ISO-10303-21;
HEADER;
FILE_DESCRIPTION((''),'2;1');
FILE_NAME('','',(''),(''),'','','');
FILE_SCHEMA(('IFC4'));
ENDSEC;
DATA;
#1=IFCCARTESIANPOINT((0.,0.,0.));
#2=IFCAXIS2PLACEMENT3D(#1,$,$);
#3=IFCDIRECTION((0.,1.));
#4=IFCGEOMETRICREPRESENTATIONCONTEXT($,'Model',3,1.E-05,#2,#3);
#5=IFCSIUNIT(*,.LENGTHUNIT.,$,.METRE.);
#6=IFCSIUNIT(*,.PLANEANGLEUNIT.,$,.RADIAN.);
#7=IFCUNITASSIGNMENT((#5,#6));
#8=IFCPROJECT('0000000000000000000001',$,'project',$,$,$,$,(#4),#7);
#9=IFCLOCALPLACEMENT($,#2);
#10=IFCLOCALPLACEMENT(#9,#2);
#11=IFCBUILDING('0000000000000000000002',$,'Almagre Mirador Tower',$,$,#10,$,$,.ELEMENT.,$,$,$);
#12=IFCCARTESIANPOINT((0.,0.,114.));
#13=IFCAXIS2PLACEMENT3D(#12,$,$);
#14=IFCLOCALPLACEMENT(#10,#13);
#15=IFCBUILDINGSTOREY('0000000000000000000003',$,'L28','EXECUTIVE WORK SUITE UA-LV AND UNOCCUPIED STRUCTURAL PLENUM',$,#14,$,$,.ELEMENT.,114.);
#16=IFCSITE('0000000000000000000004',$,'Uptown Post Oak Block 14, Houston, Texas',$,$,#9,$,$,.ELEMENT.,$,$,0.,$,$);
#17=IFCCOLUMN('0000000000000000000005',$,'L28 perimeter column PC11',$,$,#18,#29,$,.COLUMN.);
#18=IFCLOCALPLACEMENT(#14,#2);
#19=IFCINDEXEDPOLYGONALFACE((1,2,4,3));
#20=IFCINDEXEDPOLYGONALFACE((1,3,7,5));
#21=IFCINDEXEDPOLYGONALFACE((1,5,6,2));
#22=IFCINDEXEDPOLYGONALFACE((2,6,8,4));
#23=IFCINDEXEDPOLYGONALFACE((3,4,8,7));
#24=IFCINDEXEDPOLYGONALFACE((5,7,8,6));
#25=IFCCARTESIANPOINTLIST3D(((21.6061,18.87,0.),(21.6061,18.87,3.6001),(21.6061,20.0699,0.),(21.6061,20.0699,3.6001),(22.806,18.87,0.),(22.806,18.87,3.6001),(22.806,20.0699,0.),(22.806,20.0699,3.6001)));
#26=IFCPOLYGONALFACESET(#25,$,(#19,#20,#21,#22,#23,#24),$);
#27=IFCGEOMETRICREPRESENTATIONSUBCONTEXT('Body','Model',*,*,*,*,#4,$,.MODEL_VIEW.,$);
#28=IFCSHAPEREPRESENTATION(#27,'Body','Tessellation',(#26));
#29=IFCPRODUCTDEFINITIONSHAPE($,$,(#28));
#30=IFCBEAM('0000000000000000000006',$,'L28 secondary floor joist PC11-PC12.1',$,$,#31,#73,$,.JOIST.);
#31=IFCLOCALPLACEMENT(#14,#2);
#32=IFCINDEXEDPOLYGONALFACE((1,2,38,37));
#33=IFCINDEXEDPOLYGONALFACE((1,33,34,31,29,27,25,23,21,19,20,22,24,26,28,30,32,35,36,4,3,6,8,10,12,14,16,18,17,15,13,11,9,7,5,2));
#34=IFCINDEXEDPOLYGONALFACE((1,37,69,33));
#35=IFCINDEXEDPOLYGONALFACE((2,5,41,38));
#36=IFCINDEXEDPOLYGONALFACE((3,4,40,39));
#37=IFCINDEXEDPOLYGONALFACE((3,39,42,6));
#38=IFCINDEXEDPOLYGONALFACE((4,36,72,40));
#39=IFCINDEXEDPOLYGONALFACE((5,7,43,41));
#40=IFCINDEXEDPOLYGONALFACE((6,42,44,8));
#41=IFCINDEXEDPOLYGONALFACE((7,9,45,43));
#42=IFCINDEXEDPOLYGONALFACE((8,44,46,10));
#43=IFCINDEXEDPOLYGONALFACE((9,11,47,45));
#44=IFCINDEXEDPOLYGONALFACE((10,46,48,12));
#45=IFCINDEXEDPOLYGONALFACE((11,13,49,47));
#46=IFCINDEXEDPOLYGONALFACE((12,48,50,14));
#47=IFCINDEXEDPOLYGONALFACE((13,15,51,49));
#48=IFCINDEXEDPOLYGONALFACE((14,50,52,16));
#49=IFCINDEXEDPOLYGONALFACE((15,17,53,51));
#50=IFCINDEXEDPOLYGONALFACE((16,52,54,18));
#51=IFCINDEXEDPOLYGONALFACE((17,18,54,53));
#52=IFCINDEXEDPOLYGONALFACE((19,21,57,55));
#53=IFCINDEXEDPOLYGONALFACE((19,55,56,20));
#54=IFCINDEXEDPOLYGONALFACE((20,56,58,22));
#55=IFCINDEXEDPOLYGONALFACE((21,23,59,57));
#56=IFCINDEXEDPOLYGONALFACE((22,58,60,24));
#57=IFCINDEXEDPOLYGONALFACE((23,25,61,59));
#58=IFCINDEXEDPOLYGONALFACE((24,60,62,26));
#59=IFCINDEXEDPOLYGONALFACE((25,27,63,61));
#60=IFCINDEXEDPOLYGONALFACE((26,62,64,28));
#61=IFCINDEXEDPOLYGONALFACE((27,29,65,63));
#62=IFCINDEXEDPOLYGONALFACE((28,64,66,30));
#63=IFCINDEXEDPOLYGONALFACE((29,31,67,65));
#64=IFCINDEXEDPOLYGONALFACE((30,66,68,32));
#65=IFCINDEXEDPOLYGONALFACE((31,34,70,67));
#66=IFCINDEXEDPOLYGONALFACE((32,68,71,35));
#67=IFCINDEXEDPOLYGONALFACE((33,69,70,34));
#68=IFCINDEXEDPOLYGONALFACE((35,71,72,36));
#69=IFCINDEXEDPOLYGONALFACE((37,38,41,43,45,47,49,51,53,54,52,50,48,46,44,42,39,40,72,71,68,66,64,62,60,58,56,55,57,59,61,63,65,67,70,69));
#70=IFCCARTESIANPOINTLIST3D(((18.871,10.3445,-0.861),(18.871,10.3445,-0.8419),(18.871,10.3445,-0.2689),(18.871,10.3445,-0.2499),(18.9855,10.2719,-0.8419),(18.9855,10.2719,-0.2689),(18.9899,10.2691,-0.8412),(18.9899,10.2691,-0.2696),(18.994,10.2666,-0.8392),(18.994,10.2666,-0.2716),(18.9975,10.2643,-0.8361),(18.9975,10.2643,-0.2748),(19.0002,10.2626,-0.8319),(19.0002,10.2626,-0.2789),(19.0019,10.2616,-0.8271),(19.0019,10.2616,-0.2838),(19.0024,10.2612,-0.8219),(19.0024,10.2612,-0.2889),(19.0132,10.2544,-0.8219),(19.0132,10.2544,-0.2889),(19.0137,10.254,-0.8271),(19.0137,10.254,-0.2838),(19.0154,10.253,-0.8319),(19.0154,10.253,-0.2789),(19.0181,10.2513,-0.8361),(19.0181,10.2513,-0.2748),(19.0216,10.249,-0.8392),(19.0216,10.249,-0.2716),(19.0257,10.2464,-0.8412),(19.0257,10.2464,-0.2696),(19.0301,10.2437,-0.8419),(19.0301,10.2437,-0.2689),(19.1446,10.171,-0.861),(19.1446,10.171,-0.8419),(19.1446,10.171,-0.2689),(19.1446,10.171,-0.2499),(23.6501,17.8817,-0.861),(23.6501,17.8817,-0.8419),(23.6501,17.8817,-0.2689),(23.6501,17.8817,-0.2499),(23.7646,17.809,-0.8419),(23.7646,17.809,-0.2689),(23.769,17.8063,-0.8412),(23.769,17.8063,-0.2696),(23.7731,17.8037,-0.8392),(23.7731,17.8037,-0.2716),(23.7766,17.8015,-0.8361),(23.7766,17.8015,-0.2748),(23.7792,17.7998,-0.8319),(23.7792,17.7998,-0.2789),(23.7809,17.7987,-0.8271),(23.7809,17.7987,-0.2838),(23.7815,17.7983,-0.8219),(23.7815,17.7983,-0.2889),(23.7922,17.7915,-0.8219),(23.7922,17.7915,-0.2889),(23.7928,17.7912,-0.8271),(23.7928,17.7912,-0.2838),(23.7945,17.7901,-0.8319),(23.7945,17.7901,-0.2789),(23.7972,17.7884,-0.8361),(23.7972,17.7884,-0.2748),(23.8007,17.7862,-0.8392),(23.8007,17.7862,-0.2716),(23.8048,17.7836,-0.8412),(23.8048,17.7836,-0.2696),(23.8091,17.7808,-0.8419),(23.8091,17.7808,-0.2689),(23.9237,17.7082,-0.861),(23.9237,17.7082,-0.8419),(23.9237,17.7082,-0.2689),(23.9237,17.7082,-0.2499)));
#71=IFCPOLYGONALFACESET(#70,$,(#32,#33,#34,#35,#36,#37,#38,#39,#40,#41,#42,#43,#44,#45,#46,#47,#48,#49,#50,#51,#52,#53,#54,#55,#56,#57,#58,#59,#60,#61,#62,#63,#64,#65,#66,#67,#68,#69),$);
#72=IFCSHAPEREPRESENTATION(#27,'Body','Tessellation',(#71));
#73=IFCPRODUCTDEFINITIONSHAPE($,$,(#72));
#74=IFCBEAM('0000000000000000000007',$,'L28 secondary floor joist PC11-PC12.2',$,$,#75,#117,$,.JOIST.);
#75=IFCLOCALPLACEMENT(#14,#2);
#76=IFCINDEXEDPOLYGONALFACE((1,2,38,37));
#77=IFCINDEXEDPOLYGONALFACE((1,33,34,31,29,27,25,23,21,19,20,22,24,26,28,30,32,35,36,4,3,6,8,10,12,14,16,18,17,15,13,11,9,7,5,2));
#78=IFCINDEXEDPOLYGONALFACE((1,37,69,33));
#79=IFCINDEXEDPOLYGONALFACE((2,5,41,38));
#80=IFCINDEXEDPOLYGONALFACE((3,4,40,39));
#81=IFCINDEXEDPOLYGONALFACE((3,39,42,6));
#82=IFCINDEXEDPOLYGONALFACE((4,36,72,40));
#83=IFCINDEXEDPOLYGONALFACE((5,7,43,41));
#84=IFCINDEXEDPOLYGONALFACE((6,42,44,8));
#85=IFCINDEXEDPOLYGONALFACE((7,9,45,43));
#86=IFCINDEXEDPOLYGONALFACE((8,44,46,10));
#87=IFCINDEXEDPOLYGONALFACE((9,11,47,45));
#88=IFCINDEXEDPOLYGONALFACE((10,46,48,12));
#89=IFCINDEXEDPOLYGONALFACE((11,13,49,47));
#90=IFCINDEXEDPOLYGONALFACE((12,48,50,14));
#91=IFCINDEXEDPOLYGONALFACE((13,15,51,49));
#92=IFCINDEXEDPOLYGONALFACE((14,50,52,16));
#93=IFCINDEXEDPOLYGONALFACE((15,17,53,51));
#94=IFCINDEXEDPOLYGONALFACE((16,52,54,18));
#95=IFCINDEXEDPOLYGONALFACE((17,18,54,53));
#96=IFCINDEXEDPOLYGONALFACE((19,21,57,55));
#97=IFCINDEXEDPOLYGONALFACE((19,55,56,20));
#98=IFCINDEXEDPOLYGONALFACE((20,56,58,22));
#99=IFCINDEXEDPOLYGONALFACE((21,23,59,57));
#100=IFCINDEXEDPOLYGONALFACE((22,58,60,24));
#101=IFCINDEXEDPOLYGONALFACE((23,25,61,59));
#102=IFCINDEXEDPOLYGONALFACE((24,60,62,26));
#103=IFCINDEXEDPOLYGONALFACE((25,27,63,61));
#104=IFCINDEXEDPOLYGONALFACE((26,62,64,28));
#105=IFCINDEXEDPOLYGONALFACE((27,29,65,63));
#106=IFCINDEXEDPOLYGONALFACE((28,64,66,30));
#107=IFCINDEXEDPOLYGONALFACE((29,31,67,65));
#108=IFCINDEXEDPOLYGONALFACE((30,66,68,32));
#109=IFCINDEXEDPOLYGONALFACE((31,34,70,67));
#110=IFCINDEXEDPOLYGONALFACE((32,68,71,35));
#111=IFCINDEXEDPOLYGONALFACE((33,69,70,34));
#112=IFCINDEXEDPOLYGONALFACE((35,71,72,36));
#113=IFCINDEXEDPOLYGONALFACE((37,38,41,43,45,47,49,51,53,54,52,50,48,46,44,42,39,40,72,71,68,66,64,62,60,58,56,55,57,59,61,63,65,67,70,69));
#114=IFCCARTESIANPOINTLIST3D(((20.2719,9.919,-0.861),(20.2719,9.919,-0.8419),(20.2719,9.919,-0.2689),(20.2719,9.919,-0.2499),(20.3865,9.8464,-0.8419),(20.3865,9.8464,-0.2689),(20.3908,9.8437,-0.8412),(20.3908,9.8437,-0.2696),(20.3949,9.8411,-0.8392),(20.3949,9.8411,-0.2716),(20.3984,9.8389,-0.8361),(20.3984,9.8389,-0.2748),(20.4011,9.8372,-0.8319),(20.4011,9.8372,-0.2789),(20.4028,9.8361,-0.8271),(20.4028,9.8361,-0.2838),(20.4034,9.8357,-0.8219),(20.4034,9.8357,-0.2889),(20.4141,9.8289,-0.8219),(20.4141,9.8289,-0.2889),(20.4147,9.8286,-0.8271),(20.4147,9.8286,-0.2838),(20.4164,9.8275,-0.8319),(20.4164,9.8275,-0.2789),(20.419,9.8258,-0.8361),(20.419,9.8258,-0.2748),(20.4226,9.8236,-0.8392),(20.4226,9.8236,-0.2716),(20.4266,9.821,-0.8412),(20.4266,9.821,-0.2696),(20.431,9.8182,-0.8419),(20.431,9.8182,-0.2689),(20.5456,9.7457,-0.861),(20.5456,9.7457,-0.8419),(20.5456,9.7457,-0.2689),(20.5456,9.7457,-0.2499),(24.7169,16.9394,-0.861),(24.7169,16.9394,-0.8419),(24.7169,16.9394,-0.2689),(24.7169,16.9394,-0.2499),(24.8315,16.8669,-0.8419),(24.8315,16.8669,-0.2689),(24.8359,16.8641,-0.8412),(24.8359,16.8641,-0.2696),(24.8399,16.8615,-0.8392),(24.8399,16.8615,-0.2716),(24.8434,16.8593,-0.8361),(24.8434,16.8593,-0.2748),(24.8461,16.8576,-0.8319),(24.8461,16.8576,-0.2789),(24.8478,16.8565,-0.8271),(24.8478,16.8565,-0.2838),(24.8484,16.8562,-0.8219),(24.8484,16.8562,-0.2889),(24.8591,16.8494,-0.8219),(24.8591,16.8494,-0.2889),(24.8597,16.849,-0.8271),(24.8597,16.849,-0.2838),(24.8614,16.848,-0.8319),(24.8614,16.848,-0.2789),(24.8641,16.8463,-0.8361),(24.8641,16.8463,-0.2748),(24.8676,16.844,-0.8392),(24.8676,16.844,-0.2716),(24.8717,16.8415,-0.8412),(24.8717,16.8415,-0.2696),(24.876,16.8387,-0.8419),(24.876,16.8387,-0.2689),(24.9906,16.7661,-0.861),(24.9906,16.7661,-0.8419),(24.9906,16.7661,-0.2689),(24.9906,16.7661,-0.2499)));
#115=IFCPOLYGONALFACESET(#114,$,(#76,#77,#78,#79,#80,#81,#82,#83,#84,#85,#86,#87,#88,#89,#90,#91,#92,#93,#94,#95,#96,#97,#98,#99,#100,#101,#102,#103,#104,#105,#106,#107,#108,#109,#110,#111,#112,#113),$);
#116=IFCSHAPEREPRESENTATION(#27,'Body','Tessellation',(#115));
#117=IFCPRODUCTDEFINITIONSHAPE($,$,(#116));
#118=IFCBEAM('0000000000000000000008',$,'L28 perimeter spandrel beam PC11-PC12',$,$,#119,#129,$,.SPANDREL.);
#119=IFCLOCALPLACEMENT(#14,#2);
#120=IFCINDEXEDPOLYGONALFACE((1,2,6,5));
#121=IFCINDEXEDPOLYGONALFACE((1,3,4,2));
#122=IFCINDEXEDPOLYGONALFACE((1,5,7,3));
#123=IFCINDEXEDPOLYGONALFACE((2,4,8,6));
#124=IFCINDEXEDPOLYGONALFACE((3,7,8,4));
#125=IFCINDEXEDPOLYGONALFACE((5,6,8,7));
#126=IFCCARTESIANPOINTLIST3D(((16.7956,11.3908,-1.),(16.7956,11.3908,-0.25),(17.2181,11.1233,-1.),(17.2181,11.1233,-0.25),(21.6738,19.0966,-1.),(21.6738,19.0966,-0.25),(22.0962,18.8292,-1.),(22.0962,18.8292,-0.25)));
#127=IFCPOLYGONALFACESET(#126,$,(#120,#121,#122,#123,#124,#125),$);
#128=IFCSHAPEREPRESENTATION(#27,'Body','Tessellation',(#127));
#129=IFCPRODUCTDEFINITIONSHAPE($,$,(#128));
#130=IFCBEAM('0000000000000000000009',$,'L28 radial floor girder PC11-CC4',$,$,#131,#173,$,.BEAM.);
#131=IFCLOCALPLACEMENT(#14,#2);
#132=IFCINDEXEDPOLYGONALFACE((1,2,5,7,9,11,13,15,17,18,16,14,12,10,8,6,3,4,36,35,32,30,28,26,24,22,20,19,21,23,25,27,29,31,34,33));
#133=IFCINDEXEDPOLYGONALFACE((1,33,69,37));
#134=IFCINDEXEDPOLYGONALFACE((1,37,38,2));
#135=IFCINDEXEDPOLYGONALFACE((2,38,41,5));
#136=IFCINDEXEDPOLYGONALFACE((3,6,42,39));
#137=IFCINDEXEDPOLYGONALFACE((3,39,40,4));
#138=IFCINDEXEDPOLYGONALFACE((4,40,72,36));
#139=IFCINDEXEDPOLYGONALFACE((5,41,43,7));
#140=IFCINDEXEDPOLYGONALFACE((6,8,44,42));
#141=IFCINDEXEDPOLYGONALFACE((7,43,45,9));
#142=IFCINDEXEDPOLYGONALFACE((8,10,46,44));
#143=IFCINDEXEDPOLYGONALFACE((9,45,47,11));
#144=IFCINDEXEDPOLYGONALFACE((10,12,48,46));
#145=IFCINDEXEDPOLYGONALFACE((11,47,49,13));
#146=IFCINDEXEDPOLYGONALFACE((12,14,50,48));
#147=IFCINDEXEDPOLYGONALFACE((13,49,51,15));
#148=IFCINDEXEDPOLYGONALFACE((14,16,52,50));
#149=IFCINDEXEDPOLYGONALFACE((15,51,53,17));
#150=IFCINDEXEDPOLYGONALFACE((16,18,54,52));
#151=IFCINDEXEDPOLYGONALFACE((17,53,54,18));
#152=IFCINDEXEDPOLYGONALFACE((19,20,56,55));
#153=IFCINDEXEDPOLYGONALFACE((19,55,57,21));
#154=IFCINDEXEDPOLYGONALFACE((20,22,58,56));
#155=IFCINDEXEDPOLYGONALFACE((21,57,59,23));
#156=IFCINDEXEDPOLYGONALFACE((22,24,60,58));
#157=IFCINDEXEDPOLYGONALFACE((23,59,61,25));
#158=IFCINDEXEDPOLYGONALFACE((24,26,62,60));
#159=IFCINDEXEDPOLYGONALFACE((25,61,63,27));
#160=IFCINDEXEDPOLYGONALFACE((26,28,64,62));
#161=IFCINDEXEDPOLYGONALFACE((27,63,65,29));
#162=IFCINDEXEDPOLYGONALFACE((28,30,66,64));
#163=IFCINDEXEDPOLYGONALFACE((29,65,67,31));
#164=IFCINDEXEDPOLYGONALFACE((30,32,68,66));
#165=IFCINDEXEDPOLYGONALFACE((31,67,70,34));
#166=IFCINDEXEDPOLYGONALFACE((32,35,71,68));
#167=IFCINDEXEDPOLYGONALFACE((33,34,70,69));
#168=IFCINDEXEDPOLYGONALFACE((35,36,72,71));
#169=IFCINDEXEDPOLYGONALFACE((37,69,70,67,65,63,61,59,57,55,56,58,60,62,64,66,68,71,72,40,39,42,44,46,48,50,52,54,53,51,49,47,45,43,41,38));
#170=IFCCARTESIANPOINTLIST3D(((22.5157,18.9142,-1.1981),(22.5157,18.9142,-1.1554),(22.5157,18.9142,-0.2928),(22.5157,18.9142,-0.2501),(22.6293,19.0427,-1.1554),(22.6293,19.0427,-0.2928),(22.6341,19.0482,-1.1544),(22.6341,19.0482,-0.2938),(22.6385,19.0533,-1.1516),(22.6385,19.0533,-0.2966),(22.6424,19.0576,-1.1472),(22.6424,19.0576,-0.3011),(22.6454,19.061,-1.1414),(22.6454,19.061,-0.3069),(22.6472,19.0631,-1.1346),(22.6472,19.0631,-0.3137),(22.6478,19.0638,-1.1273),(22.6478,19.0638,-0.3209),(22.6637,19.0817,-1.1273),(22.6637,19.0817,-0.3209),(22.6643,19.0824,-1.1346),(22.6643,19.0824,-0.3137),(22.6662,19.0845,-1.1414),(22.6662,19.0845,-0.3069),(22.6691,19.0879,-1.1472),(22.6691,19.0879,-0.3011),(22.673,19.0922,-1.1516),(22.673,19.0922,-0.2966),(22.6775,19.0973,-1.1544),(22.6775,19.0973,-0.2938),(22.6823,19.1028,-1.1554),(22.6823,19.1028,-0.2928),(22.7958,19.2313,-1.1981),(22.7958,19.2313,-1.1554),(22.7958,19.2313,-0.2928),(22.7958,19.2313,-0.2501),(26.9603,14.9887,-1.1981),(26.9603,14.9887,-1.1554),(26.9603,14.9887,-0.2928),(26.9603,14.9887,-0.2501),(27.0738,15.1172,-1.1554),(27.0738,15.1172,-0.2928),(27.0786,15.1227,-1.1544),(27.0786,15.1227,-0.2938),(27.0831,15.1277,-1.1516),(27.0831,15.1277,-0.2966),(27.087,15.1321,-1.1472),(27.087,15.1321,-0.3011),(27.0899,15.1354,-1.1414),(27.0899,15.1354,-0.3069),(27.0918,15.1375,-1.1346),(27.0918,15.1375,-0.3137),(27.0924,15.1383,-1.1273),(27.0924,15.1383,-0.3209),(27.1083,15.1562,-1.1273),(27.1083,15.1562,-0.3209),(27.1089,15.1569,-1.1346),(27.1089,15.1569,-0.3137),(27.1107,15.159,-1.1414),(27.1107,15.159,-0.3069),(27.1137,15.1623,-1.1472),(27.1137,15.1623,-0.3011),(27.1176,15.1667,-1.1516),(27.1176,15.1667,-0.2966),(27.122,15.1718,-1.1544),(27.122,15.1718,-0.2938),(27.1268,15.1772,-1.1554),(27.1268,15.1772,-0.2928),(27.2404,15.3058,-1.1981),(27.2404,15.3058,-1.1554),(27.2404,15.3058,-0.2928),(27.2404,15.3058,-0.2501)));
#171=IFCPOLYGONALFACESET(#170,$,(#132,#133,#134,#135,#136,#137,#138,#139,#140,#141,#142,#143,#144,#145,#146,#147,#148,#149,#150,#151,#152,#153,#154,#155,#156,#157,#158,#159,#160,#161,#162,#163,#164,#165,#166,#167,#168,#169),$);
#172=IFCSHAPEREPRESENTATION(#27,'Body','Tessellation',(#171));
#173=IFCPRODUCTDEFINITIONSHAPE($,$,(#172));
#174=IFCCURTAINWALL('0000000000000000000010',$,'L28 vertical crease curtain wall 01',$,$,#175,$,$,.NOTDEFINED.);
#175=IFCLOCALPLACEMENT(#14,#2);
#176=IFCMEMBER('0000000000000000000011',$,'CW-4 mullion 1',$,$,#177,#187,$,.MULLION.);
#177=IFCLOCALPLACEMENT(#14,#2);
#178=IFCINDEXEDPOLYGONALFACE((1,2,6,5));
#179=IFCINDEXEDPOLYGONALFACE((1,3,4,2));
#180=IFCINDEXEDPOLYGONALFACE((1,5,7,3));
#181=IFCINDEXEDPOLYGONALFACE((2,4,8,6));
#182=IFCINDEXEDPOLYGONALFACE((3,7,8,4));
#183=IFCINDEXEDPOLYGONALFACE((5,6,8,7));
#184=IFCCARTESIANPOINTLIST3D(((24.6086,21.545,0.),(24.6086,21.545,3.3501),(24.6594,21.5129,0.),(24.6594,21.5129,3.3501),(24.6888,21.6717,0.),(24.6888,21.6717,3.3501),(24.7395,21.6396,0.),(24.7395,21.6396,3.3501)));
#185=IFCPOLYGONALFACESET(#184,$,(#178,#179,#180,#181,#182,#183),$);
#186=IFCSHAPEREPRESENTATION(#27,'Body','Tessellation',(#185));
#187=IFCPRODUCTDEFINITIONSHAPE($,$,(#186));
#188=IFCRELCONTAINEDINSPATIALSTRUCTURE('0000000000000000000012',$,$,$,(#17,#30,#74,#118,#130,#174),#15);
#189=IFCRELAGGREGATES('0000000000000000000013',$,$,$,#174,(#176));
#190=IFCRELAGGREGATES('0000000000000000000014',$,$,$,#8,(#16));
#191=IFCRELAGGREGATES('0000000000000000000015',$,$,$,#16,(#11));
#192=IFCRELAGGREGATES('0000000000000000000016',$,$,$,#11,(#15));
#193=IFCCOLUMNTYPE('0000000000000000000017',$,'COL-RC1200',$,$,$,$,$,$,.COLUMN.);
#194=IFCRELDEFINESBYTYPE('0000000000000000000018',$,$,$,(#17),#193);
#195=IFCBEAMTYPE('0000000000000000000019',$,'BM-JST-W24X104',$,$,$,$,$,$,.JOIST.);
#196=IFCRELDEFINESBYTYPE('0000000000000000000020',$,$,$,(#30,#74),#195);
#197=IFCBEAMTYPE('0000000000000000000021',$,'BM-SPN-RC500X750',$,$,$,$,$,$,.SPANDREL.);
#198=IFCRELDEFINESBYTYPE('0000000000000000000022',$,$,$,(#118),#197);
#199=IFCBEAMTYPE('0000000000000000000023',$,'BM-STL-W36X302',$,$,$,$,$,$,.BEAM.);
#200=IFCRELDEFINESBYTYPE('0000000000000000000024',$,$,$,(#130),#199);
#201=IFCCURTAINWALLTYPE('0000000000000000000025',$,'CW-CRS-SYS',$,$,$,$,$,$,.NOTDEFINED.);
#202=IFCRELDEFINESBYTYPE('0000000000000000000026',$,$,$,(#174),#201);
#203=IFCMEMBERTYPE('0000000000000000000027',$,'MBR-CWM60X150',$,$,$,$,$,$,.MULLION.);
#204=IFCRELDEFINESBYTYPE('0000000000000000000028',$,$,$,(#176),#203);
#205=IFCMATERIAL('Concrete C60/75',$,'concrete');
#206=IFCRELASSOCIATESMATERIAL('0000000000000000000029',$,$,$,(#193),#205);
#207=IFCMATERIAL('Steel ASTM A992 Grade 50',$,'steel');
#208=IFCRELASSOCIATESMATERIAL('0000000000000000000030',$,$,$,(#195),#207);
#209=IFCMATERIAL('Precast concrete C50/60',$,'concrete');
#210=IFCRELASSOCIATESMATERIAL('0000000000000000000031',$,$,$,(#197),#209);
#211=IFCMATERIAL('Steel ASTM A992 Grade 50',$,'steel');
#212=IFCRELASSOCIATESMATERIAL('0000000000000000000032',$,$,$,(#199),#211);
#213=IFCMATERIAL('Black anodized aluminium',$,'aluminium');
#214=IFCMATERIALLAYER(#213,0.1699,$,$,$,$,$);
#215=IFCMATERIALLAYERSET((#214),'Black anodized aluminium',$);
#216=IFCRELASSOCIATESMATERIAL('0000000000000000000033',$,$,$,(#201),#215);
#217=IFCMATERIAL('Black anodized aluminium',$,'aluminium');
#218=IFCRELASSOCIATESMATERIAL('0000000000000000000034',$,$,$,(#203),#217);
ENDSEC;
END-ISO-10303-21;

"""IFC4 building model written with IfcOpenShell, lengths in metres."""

from ifc_helpers import new_model, si_unit, direction, frame, origin, origin_2d, place, context, subcontext, project, spatial, rectangle, i_section, extrude, material, layer, layer_set, material_profile, profile_set, type_object, element, aggregate, save


model = new_model("IFC4")

# Units and contexts
model_context = context("Model", 3, precision=1e-05, world=origin(), true_north=direction((0.0, 1.0)))
body_context = subcontext(model_context, "Body", "Model", "MODEL_VIEW")
ifc_project = project(units=[si_unit("LENGTHUNIT", "METRE"), si_unit("PLANEANGLEUNIT", "RADIAN")], contexts=[model_context])

# Site, building, storey
site_placement = place(None, origin())
site = spatial("IfcSite", under=ifc_project, at=site_placement, Name="Uptown Post Oak Block 14, Houston, Texas", CompositionType="ELEMENT", RefElevation=0.0)
building_placement = place(site_placement, origin())
building = spatial("IfcBuilding", under=site, at=building_placement, Name="Almagre Mirador Tower", CompositionType="ELEMENT")
storey_placement = place(building_placement, frame((0.0, 0.0, 114.0)))
storey = spatial("IfcBuildingStorey", under=building, at=storey_placement, Name="L28", Description="EXECUTIVE WORK SUITE UA-LV AND UNOCCUPIED STRUCTURAL PLENUM", CompositionType="ELEMENT", Elevation=114.0)

# Column
ifc_material_1 = material(Name="Concrete C60/75", Category="concrete")
ifc_material_profile_1 = material_profile(ifc_material_1, rectangle(XDim=1.2, YDim=1.2, at=origin_2d()), Name="RC1200X1200")
ifc_profile_set_1 = profile_set([ifc_material_profile_1], Name="Concrete C60/75")
column_type = type_object("IfcColumnType", Name="COL-RC1200", PredefinedType="COLUMN", material=ifc_profile_set_1)
column_placement = place(storey_placement, frame((22.2061, 19.47, 0.0), z_axis=(0.0, 0.0, 1.0), x_axis=(1.0, 0.0, 0.0)))
element("IfcColumn", 1, at=column_placement, inside=storey, type_object=column_type, Name="L28 perimeter column PC11", PredefinedType="COLUMN", context=body_context, shape_type="SweptSolid", body=[
    extrude(rectangle(XDim=1.2, YDim=1.2, at=origin_2d()), origin(), (0.0, 0.0, 1.0), 3.6001),
])

# Beams
ifc_material_2 = material(Name="Steel ASTM A992 Grade 50", Category="steel")
ifc_material_profile_2 = material_profile(ifc_material_2, i_section(OverallWidth=0.324, OverallDepth=0.6111, WebThickness=0.0127, FlangeThickness=0.019, FilletRadius=0.02, at=origin_2d()), Name="W24X104")
ifc_profile_set_2 = profile_set([ifc_material_profile_2], Name="Steel ASTM A992 Grade 50")
beam_type_1 = type_object("IfcBeamType", Name="BM-JST-W24X104", PredefinedType="JOIST", material=ifc_profile_set_2)
beam_1_placement = place(storey_placement, frame((23.7869, 17.7949, -0.5554), z_axis=(-0.535496, -0.844538, 0.0), x_axis=(0.844538, -0.535496, 0.0)))
element("IfcBeam", 2, at=beam_1_placement, inside=storey, type_object=beam_type_1, Name="L28 secondary floor joist PC11-PC12.1", PredefinedType="JOIST", context=body_context, shape_type="SweptSolid", body=[
    extrude(i_section(OverallWidth=0.324, OverallDepth=0.6111, WebThickness=0.0127, FlangeThickness=0.019, FilletRadius=0.02, at=origin_2d()), origin(), (0.0, 0.0, 1.0), 8.9246),
])
beam_2_placement = place(storey_placement, frame((24.8538, 16.8528, -0.5554), z_axis=(-0.534944, -0.844887, 0.0), x_axis=(0.844887, -0.534944, 0.0)))
element("IfcBeam", 3, at=beam_2_placement, inside=storey, type_object=beam_type_1, Name="L28 secondary floor joist PC11-PC12.2", PredefinedType="JOIST", context=body_context, shape_type="SweptSolid", body=[
    extrude(i_section(OverallWidth=0.324, OverallDepth=0.6111, WebThickness=0.0127, FlangeThickness=0.019, FilletRadius=0.02, at=origin_2d()), origin(), (0.0, 0.0, 1.0), 8.3093),
])
ifc_material_3 = material(Name="Precast concrete C50/60", Category="concrete")
ifc_material_profile_3 = material_profile(ifc_material_3, rectangle(XDim=0.5, YDim=0.75, at=origin_2d()), Name="RC500X750")
ifc_profile_set_3 = profile_set([ifc_material_profile_3], Name="Precast concrete C50/60")
beam_type_2 = type_object("IfcBeamType", Name="BM-SPN-RC500X750", PredefinedType="SPANDREL", material=ifc_profile_set_3)
beam_3_placement = place(storey_placement, frame((21.885, 18.9629, -0.625), z_axis=(-0.534882, -0.844927, 0.0), x_axis=(0.844927, -0.534882, 0.0)))
element("IfcBeam", 4, at=beam_3_placement, inside=storey, type_object=beam_type_2, Name="L28 perimeter spandrel beam PC11-PC12", PredefinedType="SPANDREL", context=body_context, shape_type="SweptSolid", body=[
    extrude(rectangle(XDim=0.5, YDim=0.75, at=origin_2d()), origin(), (0.0, 0.0, 1.0), 9.1201),
])
ifc_material_4 = material(Name="Steel ASTM A992 Grade 50", Category="steel")
ifc_material_profile_4 = material_profile(ifc_material_4, i_section(OverallWidth=0.4231, OverallDepth=0.948, WebThickness=0.0239, FlangeThickness=0.0427, FilletRadius=0.0281, at=origin_2d()), Name="W36X302")
ifc_profile_set_4 = profile_set([ifc_material_profile_4], Name="Steel ASTM A992 Grade 50")
beam_type_3 = type_object("IfcBeamType", Name="BM-STL-W36X302", PredefinedType="BEAM", material=ifc_profile_set_4)
beam_4_placement = place(storey_placement, frame((22.6558, 19.0728, -0.7241), z_axis=(0.749516, -0.661986, 0.0), x_axis=(0.661986, 0.749516, 0.0)))
element("IfcBeam", 5, at=beam_4_placement, inside=storey, type_object=beam_type_3, Name="L28 radial floor girder PC11-CC4", PredefinedType="BEAM", context=body_context, shape_type="SweptSolid", body=[
    extrude(i_section(OverallWidth=0.4231, OverallDepth=0.948, WebThickness=0.0239, FlangeThickness=0.0427, FilletRadius=0.0281, at=origin_2d()), origin(), (0.0, 0.0, 1.0), 5.9299),
])

# Curtain wall, member
ifc_material_5 = material(Name="Black anodized aluminium", Category="aluminium")
ifc_layer_1 = layer(ifc_material_5, 0.1699)
ifc_layer_set_1 = layer_set([ifc_layer_1], Name="Black anodized aluminium")
curtain_wall_type = type_object("IfcCurtainWallType", Name="CW-CRS-SYS", PredefinedType="NOTDEFINED", material=ifc_layer_set_1)
curtain_wall_placement = place(storey_placement, origin())
curtain_wall = element("IfcCurtainWall", 6, at=curtain_wall_placement, inside=storey, type_object=curtain_wall_type, Name="L28 vertical crease curtain wall 01", PredefinedType="NOTDEFINED")
ifc_material_6 = material(Name="Black anodized aluminium", Category="aluminium")
ifc_material_profile_5 = material_profile(ifc_material_6, rectangle(XDim=0.0601, YDim=0.1499, at=origin_2d()), Name="CWM60X150")
ifc_profile_set_5 = profile_set([ifc_material_profile_5], Name="Black anodized aluminium")
member_type_1 = type_object("IfcMemberType", Name="MBR-CWM60X150", PredefinedType="MULLION", material=ifc_profile_set_5)
member_1_placement = place(storey_placement, frame((24.6741, 21.5923, 0.0), z_axis=(0.0, 0.0, 1.0), x_axis=(-0.84492, 0.534893, 0.0)))
member_1 = element("IfcMember", 7, at=member_1_placement, type_object=member_type_1, Name="CW-4 mullion 1", PredefinedType="MULLION", context=body_context, shape_type="SweptSolid", body=[
    extrude(rectangle(XDim=0.0601, YDim=0.1499, at=origin_2d()), origin(), (0.0, 0.0, 1.0), 3.3501),
])
aggregate(curtain_wall, [member_1])

save(model, "model.ifc")
